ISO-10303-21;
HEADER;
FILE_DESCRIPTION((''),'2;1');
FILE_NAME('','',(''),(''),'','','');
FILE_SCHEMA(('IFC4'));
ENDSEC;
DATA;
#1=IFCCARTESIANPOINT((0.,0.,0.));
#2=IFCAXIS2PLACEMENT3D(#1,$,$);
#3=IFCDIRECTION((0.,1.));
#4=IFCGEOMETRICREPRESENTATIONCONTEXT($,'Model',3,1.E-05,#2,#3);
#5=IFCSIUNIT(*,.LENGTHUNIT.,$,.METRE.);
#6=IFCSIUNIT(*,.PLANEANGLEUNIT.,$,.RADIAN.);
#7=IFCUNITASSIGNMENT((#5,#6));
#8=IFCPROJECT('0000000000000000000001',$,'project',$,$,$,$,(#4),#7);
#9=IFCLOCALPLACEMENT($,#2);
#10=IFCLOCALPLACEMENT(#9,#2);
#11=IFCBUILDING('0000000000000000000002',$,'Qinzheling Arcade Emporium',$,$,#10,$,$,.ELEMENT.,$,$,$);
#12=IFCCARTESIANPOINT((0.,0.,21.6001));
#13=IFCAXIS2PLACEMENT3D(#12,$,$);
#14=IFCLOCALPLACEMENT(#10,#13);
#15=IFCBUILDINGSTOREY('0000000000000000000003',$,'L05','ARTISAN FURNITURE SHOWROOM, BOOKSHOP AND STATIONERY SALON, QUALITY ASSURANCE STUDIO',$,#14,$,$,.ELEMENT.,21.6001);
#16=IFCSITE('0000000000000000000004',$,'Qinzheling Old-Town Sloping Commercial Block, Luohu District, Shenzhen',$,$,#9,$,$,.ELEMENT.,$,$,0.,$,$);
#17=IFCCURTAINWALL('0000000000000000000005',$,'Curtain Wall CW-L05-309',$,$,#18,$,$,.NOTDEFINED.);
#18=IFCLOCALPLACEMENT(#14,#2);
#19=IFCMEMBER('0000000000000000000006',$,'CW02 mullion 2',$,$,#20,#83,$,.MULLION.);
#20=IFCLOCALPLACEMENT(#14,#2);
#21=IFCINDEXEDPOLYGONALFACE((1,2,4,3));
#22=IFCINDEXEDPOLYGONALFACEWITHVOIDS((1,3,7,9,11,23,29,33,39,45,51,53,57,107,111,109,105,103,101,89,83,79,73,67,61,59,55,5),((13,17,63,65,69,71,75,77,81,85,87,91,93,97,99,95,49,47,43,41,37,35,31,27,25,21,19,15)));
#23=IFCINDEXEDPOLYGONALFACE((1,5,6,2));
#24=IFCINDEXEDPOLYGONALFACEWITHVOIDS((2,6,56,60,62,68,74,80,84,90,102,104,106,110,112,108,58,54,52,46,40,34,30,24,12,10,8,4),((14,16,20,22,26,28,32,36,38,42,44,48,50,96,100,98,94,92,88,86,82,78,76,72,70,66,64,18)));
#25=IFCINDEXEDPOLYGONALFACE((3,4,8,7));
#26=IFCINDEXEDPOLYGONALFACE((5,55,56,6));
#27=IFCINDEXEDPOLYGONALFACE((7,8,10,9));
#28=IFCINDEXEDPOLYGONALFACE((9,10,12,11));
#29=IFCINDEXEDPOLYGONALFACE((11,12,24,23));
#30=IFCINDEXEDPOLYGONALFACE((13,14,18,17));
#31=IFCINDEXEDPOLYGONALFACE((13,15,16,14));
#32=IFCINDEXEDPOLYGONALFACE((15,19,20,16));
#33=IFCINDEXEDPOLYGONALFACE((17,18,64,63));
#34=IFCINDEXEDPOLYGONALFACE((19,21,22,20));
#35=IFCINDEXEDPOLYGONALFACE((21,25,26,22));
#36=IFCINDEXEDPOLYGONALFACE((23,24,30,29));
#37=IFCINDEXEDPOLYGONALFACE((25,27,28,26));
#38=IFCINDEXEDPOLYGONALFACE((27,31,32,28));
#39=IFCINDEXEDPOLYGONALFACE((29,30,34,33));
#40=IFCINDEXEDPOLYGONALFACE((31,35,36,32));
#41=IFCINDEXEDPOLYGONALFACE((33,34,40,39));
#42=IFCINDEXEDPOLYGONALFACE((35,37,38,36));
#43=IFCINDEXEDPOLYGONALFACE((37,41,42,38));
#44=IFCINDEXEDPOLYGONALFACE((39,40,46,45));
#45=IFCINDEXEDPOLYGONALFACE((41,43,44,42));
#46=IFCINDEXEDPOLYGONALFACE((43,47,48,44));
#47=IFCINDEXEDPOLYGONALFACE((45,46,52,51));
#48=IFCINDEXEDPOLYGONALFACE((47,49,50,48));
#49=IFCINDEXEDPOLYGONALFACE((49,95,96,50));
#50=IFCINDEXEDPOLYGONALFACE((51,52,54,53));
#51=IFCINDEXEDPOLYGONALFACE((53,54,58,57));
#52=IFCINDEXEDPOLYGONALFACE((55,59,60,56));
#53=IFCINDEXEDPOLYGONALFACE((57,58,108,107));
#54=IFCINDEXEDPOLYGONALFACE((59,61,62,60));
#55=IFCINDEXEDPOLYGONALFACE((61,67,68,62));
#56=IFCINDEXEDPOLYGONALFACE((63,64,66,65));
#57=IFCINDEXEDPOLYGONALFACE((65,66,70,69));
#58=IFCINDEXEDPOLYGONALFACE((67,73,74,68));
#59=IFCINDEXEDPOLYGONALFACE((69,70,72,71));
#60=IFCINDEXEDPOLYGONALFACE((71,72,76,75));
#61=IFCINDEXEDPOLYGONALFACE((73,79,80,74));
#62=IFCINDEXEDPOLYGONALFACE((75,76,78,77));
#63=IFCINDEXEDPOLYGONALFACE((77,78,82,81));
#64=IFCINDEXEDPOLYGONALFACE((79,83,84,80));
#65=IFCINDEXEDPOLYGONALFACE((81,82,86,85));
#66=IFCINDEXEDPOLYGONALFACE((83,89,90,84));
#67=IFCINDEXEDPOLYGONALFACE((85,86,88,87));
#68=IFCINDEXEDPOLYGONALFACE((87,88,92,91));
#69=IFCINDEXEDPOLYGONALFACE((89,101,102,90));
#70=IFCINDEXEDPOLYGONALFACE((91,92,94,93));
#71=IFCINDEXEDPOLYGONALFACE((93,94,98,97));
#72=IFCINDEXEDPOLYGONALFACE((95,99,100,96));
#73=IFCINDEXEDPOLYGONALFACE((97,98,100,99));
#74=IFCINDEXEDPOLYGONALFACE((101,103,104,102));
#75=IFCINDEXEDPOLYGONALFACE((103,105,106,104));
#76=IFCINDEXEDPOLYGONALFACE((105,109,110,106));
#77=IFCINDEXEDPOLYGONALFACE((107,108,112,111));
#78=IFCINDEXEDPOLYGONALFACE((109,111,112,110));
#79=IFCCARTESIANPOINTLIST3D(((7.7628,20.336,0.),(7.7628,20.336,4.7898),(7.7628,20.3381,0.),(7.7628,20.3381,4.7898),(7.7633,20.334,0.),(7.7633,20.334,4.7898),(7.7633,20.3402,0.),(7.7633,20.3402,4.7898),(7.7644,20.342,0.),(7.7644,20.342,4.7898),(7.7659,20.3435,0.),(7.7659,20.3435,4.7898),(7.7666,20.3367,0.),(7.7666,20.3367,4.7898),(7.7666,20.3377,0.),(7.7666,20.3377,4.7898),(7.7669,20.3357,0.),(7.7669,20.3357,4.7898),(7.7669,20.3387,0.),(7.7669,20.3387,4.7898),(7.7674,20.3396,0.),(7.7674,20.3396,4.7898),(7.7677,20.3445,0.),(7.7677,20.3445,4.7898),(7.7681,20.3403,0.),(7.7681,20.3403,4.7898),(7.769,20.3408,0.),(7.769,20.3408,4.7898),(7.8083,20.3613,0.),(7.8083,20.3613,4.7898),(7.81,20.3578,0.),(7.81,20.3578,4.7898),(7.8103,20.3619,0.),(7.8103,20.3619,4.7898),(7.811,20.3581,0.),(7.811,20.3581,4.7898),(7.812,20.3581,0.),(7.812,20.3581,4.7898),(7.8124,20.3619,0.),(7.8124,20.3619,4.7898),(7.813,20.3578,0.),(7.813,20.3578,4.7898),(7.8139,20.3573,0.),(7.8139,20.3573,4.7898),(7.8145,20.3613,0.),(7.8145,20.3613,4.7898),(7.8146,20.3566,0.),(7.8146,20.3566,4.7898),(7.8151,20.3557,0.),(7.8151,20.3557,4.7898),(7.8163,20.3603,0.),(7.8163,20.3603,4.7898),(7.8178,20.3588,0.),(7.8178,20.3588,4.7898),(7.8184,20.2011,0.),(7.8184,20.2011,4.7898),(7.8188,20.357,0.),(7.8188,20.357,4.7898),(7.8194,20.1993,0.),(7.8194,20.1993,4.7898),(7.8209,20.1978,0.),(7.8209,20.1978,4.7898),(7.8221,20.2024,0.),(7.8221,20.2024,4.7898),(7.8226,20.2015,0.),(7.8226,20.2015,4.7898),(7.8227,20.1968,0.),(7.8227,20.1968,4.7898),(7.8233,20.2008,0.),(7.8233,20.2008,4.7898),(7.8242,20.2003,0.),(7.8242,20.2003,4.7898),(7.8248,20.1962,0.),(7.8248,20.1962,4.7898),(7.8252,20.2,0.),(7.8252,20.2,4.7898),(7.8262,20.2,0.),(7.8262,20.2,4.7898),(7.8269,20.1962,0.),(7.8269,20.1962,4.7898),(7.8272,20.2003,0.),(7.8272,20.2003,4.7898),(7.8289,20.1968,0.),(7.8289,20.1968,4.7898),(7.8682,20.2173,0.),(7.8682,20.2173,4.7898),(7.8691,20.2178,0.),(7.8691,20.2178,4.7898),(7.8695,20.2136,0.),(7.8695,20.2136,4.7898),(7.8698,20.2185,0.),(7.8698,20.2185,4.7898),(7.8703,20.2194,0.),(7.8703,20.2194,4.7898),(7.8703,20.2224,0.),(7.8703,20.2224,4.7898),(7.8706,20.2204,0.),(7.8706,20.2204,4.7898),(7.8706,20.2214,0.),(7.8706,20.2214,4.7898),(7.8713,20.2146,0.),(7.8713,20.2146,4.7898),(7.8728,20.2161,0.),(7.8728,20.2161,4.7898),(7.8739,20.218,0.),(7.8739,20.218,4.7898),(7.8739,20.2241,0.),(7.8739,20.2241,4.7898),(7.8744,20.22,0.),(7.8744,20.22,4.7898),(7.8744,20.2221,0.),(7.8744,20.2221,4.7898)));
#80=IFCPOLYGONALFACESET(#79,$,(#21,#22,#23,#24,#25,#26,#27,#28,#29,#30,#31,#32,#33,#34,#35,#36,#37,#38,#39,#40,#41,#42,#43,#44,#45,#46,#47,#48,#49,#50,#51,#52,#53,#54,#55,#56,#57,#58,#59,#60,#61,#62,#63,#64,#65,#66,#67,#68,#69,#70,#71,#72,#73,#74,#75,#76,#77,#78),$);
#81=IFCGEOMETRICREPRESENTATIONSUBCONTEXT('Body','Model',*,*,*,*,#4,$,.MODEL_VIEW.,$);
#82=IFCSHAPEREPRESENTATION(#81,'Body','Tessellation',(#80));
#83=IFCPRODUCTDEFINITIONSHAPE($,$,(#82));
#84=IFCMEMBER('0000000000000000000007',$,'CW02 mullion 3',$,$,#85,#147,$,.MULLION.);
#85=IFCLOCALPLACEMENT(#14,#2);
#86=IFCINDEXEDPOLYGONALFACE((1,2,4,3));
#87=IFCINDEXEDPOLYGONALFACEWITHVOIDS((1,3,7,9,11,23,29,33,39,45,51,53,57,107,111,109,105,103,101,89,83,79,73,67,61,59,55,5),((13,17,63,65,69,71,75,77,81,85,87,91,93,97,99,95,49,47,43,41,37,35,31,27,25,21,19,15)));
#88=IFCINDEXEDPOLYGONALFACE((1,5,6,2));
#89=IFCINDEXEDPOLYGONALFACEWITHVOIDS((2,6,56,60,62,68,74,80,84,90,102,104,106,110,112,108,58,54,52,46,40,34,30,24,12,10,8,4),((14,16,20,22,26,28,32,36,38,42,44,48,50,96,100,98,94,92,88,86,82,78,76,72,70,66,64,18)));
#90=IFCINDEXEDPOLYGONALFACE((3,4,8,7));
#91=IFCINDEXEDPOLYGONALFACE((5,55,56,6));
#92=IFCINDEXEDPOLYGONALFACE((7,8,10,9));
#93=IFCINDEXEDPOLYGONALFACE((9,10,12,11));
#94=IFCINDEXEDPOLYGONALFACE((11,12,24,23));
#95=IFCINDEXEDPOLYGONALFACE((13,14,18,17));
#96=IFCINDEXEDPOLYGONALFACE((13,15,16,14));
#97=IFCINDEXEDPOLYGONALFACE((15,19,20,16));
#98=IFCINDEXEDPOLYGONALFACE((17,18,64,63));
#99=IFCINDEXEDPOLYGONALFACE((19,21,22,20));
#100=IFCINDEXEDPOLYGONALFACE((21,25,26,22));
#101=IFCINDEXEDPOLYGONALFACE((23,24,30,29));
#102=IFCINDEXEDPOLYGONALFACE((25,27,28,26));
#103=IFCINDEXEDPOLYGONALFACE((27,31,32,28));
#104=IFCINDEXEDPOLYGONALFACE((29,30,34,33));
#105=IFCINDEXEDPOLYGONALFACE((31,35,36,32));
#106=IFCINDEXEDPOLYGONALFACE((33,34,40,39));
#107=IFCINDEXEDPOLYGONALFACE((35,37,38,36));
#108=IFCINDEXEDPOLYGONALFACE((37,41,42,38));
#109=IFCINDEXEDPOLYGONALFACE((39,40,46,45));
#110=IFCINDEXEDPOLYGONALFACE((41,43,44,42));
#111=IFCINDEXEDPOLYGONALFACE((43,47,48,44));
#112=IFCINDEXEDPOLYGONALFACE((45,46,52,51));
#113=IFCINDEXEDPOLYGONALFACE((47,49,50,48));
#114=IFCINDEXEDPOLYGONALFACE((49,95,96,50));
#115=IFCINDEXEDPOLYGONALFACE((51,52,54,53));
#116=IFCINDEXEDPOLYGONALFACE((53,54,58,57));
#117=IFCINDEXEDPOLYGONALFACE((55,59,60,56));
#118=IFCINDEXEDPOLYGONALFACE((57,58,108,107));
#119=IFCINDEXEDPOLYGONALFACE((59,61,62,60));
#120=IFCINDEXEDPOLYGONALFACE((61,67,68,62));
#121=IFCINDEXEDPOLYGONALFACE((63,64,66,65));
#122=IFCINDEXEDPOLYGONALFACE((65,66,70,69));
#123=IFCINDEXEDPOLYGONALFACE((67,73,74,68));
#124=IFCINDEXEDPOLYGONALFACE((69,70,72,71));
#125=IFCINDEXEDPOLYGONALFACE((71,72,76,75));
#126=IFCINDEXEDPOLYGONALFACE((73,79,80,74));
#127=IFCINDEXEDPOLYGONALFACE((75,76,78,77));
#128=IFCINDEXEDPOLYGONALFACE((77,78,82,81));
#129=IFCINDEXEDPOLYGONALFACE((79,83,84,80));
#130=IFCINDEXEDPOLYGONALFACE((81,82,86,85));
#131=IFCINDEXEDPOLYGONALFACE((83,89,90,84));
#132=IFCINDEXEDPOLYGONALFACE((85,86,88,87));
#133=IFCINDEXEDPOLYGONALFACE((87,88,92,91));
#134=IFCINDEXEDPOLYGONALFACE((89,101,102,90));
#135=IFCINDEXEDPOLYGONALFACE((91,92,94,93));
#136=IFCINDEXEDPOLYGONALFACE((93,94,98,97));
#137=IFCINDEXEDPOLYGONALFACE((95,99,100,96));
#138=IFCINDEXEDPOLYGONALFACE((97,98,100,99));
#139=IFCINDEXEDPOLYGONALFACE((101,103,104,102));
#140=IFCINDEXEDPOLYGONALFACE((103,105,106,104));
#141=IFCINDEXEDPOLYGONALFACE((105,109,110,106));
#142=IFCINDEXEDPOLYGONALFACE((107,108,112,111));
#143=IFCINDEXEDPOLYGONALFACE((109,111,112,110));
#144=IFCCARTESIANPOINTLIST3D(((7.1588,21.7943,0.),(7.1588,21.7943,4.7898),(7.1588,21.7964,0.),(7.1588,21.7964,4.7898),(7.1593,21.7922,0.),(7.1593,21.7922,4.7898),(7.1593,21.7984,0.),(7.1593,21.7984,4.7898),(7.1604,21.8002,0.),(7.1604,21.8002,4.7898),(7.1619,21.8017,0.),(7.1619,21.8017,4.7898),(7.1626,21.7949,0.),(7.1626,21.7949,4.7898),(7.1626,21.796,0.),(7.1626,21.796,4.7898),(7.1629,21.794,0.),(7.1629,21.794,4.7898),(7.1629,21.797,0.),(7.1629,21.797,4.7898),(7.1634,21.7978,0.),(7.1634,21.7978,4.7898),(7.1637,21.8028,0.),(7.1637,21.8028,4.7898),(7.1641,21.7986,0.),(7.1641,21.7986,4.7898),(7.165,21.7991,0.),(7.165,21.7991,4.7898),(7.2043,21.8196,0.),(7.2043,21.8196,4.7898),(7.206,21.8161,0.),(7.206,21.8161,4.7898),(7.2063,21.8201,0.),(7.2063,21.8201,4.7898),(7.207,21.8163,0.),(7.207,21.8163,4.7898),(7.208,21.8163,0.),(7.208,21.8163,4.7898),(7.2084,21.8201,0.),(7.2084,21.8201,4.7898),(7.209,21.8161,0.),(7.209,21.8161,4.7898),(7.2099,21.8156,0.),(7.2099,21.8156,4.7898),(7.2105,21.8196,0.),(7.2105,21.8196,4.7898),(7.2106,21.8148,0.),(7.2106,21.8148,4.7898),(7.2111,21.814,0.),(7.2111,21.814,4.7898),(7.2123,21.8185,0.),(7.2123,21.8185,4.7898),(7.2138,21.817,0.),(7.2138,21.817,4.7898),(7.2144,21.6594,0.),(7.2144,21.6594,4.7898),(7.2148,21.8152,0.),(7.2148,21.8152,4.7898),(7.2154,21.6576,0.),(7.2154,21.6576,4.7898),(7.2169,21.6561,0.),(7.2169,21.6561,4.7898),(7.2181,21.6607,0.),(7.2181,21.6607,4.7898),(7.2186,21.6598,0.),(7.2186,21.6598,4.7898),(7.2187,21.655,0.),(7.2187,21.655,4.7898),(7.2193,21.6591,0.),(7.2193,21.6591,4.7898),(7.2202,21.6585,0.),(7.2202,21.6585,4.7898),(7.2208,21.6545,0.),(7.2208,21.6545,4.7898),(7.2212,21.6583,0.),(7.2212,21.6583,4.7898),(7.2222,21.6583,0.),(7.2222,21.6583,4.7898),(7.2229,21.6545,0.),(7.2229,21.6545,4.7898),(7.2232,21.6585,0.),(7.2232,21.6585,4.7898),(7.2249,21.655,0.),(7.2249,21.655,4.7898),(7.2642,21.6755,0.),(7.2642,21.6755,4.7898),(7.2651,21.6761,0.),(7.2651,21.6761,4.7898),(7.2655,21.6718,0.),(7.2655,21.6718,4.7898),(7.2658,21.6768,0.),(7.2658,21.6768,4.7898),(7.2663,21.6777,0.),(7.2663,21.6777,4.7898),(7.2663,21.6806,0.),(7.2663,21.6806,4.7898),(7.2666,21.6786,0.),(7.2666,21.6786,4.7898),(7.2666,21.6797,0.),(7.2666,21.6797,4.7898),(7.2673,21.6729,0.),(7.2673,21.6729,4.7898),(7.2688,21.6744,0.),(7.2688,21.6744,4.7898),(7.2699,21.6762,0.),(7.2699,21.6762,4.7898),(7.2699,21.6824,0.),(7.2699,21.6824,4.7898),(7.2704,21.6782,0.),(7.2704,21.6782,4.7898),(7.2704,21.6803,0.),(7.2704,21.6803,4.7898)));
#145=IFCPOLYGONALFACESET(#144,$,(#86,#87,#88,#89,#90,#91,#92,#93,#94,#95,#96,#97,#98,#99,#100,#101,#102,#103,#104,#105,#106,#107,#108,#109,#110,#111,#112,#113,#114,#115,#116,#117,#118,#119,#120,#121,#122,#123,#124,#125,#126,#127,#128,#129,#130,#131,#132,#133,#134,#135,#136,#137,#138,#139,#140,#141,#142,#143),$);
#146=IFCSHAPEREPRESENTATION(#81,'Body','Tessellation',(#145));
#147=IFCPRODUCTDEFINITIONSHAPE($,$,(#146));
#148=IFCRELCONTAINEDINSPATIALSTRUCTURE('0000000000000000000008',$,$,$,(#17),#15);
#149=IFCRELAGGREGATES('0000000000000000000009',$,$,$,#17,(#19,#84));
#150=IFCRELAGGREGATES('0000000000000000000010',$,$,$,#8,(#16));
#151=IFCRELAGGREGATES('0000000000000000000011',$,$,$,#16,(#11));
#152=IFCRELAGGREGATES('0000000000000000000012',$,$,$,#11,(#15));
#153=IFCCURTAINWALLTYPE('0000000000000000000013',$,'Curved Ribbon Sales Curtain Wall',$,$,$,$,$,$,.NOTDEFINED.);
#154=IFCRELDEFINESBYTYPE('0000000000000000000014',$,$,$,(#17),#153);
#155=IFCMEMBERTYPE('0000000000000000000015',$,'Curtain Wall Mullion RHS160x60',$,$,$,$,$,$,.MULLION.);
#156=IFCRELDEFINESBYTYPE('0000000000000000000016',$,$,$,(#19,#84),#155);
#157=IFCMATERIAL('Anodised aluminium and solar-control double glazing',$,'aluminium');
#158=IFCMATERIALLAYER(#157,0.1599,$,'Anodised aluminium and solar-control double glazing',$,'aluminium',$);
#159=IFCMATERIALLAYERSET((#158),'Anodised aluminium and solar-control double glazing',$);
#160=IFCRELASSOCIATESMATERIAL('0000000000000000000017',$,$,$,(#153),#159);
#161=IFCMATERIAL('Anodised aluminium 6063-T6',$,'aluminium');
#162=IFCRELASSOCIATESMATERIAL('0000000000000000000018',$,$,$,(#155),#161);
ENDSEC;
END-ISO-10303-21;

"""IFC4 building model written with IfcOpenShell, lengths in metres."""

from ifc_helpers import new_model, si_unit, direction, frame, origin, origin_2d, place, context, subcontext, project, spatial, hollow_rectangle, extrude, material, layer, layer_set, material_profile, profile_set, type_object, element, aggregate, save


model = new_model("IFC4")

# Units and contexts
model_context = context("Model", 3, precision=1e-05, world=origin(), true_north=direction((0.0, 1.0)))
body_context = subcontext(model_context, "Body", "Model", "MODEL_VIEW")
ifc_project = project(units=[si_unit("LENGTHUNIT", "METRE"), si_unit("PLANEANGLEUNIT", "RADIAN")], contexts=[model_context])

# Site, building, storey
site_placement = place(None, origin())
site = spatial("IfcSite", under=ifc_project, at=site_placement, Name="Qinzheling Old-Town Sloping Commercial Block, Luohu District, Shenzhen", CompositionType="ELEMENT", RefElevation=0.0)
building_placement = place(site_placement, origin())
building = spatial("IfcBuilding", under=site, at=building_placement, Name="Qinzheling Arcade Emporium", CompositionType="ELEMENT")
storey_placement = place(building_placement, frame((0.0, 0.0, 21.6001)))
storey = spatial("IfcBuildingStorey", under=building, at=storey_placement, Name="L05", Description="ARTISAN FURNITURE SHOWROOM, BOOKSHOP AND STATIONERY SALON, QUALITY ASSURANCE STUDIO", CompositionType="ELEMENT", Elevation=21.6001)

# Curtain wall, members
ifc_material_1 = material(Name="Anodised aluminium and solar-control double glazing", Category="aluminium")
ifc_layer_1 = layer(ifc_material_1, 0.1599, Name="Anodised aluminium and solar-control double glazing", Category="aluminium")
ifc_layer_set_1 = layer_set([ifc_layer_1], Name="Anodised aluminium and solar-control double glazing")
curtain_wall_type = type_object("IfcCurtainWallType", Name="Curved Ribbon Sales Curtain Wall", PredefinedType="NOTDEFINED", material=ifc_layer_set_1)
curtain_wall_1_placement = place(storey_placement, origin())
curtain_wall_1 = element("IfcCurtainWall", 1, at=curtain_wall_1_placement, inside=storey, type_object=curtain_wall_type, Name="Curtain Wall CW-L05-309", PredefinedType="NOTDEFINED")
ifc_material_2 = material(Name="Anodised aluminium 6063-T6", Category="aluminium")
ifc_material_profile_1 = material_profile(ifc_material_2, hollow_rectangle(XDim=0.0601, YDim=0.1599, WallThickness=0.0039, InnerFilletRadius=0.0039, OuterFilletRadius=0.0081, at=origin_2d()), Name="RHS 160x60x4", Category="aluminium")
ifc_profile_set_1 = profile_set([ifc_material_profile_1], Name="Anodised aluminium 6063-T6")
member_type_1 = type_object("IfcMemberType", Name="Curtain Wall Mullion RHS160x60", PredefinedType="MULLION", material=ifc_profile_set_1)
member_1_placement = place(storey_placement, frame((7.8186, 20.2791, 0.0), z_axis=(0.0, 0.0, 1.0), x_axis=(-0.923884, -0.382672, 0.0)))
member_1 = element("IfcMember", 2, at=member_1_placement, type_object=member_type_1, Name="CW02 mullion 2", PredefinedType="MULLION", context=body_context, shape_type="SweptSolid", body=[
    extrude(hollow_rectangle(XDim=0.0601, YDim=0.1599, WallThickness=0.0039, InnerFilletRadius=0.0039, OuterFilletRadius=0.0081, at=origin_2d()), origin(), (0.0, 0.0, 1.0), 4.7898),
])
member_2_placement = place(storey_placement, frame((7.2146, 21.7373, 0.0), z_axis=(0.0, 0.0, 1.0), x_axis=(-0.923884, -0.382672, 0.0)))
member_2 = element("IfcMember", 3, at=member_2_placement, type_object=member_type_1, Name="CW02 mullion 3", PredefinedType="MULLION", context=body_context, shape_type="SweptSolid", body=[
    extrude(hollow_rectangle(XDim=0.0601, YDim=0.1599, WallThickness=0.0039, InnerFilletRadius=0.0039, OuterFilletRadius=0.0081, at=origin_2d()), origin(), (0.0, 0.0, 1.0), 4.7898),
])

aggregate(curtain_wall_1, [member_1, member_2])

save(model, "model.ifc")
